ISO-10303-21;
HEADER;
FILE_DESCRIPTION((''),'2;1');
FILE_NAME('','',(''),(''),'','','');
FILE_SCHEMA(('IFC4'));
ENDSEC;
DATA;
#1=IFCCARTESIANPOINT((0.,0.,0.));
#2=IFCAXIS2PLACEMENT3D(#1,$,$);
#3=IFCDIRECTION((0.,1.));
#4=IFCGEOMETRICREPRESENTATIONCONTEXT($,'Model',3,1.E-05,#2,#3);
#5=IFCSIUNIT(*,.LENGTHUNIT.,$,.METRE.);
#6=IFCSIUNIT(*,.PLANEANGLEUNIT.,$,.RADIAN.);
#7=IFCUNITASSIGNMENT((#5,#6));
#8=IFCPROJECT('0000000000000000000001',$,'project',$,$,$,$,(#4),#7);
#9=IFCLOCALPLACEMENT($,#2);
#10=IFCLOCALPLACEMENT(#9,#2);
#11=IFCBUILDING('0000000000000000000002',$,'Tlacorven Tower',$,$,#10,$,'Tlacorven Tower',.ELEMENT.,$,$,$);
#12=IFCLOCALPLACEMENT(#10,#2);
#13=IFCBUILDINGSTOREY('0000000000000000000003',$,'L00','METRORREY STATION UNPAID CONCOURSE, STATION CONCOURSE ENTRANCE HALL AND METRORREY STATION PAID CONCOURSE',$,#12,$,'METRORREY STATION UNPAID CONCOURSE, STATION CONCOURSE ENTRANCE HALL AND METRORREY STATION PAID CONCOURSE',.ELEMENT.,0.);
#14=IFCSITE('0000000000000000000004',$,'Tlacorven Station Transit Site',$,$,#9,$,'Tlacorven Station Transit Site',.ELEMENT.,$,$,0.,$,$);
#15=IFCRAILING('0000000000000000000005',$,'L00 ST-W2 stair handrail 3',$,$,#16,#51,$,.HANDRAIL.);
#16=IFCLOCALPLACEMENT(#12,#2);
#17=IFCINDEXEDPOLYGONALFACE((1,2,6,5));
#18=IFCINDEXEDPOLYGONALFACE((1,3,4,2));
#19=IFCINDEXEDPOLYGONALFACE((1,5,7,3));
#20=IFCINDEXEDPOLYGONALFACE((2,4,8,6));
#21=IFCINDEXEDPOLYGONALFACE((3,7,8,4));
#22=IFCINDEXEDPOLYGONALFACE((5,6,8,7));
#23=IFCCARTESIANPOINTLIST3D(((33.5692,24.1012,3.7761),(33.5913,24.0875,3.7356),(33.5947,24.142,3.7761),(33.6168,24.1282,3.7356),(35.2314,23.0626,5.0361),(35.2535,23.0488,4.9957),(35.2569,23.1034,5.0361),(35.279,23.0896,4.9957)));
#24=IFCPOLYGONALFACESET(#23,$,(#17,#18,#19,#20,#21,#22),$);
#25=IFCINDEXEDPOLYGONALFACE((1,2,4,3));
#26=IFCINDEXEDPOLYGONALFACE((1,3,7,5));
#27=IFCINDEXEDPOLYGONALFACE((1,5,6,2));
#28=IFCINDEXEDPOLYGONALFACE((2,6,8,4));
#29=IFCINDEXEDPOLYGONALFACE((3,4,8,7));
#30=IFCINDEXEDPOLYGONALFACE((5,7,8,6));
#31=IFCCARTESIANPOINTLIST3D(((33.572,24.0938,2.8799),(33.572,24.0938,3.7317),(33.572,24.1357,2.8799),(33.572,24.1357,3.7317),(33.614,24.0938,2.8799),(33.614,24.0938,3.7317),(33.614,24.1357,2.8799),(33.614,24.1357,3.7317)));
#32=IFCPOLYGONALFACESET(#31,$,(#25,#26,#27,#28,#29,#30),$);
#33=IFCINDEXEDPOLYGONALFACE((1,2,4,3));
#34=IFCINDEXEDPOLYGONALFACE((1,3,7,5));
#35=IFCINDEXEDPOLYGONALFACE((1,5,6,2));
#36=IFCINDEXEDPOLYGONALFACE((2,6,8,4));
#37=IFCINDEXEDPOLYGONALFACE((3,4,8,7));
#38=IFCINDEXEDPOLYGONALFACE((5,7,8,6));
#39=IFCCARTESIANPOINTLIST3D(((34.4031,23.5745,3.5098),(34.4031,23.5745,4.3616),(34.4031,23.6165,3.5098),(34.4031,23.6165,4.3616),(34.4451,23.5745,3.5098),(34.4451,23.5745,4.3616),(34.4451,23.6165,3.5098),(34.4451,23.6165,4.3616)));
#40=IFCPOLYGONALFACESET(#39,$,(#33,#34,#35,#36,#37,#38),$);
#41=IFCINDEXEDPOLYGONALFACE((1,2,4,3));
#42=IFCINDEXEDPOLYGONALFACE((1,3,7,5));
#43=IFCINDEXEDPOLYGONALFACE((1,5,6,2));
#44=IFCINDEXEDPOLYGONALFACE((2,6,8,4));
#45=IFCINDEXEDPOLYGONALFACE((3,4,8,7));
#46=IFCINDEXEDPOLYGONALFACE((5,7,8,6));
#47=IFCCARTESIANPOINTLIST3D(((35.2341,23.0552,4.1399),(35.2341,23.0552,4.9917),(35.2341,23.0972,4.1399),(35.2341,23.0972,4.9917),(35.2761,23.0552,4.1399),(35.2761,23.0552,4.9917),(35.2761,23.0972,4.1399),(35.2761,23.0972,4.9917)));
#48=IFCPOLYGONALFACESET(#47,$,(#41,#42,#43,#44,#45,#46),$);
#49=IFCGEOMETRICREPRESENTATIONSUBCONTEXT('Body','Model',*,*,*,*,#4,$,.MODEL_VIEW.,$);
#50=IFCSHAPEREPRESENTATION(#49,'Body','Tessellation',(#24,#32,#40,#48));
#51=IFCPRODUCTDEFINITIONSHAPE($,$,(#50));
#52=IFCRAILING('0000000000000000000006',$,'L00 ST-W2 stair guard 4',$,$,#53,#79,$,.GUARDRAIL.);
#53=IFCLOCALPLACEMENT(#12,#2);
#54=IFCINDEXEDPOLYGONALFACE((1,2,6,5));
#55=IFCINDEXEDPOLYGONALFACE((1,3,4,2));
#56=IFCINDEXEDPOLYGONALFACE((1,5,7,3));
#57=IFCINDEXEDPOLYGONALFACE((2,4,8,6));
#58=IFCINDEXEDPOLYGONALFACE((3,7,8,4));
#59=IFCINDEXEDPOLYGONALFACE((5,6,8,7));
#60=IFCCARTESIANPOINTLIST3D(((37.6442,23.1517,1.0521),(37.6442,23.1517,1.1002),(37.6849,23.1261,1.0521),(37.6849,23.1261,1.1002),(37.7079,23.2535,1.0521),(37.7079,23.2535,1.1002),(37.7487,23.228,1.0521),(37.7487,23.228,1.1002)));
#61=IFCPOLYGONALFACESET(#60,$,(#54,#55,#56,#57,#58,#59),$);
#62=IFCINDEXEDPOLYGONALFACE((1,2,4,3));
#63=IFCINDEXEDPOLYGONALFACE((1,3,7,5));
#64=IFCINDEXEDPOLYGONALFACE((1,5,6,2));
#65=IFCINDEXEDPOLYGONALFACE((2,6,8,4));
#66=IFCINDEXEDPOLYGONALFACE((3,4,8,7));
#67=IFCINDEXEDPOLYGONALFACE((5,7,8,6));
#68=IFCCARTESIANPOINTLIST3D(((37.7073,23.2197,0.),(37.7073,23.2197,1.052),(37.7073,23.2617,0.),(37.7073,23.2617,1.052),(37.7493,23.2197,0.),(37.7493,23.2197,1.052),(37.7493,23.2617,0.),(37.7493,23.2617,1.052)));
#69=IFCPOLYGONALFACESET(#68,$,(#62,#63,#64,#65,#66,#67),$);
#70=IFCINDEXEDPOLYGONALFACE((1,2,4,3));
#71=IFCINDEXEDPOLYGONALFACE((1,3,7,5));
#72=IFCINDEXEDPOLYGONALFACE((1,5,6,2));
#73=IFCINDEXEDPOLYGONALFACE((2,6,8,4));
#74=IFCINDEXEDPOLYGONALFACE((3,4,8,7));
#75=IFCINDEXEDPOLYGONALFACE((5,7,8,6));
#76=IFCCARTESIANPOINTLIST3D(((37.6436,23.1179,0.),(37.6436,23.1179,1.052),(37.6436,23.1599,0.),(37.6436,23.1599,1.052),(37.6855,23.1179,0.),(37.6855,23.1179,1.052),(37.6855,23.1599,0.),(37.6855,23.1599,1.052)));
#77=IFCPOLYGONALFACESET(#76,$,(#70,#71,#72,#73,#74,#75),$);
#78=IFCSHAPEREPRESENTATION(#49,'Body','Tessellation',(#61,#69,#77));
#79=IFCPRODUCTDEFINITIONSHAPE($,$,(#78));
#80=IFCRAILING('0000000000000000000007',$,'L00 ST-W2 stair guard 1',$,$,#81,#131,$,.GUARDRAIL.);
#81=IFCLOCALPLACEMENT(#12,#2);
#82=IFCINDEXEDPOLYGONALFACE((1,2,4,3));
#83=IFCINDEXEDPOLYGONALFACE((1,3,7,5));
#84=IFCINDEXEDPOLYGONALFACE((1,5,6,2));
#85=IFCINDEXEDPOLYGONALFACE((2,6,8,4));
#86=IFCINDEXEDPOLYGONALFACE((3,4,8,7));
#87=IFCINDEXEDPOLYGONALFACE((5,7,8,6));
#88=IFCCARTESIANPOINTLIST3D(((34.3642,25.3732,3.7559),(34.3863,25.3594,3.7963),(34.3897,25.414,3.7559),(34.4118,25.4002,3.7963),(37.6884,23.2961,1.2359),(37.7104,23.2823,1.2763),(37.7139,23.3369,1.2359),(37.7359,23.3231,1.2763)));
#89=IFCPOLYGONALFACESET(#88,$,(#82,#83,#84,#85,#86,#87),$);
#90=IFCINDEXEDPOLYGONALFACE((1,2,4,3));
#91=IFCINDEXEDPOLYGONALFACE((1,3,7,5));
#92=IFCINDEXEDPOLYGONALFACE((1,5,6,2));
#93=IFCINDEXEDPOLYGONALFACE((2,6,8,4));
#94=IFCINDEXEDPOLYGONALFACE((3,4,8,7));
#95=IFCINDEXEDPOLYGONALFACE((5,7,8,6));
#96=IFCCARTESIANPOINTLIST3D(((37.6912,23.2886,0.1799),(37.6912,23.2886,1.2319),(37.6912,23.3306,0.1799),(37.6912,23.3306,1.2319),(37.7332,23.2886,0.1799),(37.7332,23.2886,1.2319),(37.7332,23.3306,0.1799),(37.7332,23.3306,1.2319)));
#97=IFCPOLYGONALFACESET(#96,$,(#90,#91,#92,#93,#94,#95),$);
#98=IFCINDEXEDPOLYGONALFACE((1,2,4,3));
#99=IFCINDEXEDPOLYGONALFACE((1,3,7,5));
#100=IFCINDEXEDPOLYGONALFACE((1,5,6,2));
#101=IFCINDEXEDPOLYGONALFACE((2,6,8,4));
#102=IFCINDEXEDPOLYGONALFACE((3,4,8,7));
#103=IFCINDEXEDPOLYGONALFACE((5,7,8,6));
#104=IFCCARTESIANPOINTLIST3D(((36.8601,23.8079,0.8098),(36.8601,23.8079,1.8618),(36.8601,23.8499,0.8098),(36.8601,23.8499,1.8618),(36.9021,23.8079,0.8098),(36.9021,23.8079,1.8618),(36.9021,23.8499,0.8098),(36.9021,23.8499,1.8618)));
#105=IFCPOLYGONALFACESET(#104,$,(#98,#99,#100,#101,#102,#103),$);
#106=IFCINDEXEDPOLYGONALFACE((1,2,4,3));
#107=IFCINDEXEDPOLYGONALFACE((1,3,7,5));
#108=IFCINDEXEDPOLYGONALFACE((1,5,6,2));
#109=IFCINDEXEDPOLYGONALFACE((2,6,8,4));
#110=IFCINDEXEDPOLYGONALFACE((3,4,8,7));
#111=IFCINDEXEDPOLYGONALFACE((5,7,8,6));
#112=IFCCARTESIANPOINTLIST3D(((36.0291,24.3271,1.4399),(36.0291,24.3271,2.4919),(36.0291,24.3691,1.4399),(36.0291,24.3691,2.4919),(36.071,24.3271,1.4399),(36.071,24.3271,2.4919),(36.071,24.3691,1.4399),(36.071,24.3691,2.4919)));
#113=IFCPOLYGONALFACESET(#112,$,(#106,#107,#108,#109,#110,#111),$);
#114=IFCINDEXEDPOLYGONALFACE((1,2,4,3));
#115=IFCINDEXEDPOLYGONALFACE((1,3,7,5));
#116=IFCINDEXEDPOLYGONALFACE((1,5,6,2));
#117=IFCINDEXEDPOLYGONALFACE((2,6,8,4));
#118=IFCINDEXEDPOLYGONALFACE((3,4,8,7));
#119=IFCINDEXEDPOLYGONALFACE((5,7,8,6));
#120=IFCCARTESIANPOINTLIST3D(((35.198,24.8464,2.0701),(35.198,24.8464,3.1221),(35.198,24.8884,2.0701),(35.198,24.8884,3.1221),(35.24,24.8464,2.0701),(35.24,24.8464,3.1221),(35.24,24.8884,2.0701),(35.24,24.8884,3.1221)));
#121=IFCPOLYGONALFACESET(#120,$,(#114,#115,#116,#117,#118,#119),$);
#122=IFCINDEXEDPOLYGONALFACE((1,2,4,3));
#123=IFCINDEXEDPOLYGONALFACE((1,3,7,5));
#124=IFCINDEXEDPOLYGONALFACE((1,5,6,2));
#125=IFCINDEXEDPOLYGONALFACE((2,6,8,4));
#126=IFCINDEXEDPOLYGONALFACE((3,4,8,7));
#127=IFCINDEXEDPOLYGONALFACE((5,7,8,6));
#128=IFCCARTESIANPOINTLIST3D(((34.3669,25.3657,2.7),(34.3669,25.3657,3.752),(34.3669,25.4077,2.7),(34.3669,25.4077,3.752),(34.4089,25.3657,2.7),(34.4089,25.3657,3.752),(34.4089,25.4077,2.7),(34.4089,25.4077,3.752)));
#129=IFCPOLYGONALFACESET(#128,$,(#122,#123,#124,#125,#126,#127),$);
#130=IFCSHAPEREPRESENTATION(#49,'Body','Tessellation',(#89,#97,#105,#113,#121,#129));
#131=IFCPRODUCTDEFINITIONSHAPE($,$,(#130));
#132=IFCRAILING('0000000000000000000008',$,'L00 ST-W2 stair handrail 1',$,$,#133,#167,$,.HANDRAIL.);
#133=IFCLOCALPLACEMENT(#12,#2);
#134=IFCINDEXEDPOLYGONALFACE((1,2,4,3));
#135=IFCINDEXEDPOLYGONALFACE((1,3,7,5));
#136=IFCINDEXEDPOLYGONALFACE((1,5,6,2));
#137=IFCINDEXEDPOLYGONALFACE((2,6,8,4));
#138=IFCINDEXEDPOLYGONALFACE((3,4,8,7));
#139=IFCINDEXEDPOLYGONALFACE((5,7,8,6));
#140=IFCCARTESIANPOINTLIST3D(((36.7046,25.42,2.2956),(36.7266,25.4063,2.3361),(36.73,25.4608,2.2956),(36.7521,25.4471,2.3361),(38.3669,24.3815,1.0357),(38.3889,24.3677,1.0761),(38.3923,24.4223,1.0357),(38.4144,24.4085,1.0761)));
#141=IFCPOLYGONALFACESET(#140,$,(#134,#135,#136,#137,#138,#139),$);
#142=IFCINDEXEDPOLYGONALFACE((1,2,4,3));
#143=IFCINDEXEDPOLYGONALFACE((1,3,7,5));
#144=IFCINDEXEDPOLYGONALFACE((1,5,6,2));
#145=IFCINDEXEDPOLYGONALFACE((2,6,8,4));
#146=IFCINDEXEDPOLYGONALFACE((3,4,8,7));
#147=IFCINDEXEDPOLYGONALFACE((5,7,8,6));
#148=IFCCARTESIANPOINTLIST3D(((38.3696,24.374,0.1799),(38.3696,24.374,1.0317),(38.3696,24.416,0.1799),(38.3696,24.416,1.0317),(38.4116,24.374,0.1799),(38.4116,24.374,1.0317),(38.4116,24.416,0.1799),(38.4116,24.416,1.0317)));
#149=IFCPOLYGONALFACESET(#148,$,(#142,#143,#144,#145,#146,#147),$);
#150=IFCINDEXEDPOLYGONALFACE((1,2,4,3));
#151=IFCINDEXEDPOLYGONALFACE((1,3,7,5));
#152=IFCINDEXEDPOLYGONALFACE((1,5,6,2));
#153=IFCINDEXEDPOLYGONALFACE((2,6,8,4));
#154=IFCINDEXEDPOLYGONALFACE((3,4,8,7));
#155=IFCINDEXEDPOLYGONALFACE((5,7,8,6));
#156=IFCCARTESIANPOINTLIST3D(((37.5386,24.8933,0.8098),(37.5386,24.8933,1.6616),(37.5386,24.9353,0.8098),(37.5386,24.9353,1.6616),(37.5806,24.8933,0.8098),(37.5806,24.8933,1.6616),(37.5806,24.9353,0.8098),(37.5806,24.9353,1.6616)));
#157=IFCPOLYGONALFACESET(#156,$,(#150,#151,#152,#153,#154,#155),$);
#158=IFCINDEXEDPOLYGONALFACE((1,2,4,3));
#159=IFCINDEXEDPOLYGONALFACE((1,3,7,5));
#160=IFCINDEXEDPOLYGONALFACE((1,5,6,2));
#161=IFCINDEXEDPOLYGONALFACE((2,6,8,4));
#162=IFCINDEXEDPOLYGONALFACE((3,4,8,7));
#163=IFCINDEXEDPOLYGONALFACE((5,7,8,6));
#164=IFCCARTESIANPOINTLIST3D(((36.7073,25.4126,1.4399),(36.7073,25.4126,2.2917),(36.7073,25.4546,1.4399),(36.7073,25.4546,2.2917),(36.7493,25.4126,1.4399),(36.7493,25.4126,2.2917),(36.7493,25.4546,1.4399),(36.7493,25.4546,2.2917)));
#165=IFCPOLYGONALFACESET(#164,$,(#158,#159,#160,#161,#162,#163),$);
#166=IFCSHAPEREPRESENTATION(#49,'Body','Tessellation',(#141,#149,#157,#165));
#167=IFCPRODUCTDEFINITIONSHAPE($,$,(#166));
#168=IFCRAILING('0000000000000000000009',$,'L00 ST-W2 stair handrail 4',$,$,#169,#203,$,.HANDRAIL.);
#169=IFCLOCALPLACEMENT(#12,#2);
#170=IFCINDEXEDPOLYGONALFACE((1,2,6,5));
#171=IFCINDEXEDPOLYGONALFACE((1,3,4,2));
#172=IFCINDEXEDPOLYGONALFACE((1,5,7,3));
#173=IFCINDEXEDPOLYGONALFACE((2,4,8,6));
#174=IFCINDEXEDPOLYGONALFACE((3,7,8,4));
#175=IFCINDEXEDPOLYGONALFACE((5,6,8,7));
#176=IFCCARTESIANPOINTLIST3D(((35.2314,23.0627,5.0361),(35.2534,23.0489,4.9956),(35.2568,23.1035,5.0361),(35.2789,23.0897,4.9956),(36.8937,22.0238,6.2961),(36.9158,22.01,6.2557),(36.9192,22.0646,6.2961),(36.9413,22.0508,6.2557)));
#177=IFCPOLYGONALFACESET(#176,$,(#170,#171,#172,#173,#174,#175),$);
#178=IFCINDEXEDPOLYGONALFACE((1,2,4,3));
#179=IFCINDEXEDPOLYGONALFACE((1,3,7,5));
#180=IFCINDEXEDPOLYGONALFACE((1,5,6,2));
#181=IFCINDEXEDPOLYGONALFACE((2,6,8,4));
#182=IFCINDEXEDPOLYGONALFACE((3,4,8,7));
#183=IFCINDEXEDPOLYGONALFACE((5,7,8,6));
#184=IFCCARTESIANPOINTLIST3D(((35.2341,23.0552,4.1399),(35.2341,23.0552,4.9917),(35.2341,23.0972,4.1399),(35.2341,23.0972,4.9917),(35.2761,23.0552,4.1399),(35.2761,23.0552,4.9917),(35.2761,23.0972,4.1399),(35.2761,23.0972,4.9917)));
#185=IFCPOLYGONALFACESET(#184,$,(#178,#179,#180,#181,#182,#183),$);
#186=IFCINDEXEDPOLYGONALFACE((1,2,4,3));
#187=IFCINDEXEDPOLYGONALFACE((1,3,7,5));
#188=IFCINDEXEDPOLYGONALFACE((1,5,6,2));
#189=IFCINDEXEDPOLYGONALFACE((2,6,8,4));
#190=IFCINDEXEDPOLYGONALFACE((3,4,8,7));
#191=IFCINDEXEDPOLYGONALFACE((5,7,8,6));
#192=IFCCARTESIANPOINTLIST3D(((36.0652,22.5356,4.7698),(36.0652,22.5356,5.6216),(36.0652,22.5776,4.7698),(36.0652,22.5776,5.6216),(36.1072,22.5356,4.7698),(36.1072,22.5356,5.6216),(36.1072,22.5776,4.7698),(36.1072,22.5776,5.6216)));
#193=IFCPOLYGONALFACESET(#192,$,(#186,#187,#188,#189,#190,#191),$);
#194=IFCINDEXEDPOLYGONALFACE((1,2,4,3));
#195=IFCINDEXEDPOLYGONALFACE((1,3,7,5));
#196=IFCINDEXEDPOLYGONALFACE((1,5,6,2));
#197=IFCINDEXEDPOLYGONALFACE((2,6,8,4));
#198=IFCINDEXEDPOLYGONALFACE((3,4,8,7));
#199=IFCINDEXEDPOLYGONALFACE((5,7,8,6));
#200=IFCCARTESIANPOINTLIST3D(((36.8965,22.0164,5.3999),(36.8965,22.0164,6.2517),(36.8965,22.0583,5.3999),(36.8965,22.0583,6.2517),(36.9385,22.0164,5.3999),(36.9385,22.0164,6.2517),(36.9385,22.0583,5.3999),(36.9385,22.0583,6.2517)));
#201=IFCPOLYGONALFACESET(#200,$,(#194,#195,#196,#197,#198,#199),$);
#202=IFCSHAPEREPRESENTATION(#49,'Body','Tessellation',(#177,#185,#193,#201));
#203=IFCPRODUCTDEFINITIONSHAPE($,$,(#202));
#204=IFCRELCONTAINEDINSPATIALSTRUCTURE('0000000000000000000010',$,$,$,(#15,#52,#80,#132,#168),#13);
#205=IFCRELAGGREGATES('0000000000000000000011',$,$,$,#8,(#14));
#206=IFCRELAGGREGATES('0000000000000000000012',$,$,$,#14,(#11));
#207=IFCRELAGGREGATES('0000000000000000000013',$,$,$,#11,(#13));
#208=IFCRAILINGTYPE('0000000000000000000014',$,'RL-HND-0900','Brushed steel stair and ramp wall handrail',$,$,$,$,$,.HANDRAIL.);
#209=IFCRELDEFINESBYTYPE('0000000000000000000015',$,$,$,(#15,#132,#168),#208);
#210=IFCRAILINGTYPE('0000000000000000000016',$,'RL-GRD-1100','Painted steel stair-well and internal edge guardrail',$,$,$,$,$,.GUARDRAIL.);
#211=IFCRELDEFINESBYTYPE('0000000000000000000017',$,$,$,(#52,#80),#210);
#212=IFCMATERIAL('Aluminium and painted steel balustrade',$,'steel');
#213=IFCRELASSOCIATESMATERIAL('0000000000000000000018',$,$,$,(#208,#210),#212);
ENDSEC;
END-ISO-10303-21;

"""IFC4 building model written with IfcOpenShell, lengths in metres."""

from ifc_helpers import new_model, si_unit, direction, frame, origin, origin_2d, place, context, subcontext, project, spatial, rectangle, extrude, source, transform, mapped, material, type_object, element, save


model = new_model("IFC4")

# Units and contexts
model_context = context("Model", 3, precision=1e-05, world=origin(), true_north=direction((0.0, 1.0)))
body_context = subcontext(model_context, "Body", "Model", "MODEL_VIEW")
ifc_project = project(units=[si_unit("LENGTHUNIT", "METRE"), si_unit("PLANEANGLEUNIT", "RADIAN")], contexts=[model_context])

# Site, building, storey
site_placement = place(None, origin())
site = spatial("IfcSite", under=ifc_project, at=site_placement, Name="Tlacorven Station Transit Site", LongName="Tlacorven Station Transit Site", CompositionType="ELEMENT", RefElevation=0.0)
building_placement = place(site_placement, origin())
building = spatial("IfcBuilding", under=site, at=building_placement, Name="Tlacorven Tower", LongName="Tlacorven Tower", CompositionType="ELEMENT")
storey_placement = place(building_placement, origin())
storey = spatial("IfcBuildingStorey", under=building, at=storey_placement, Name="L00", Description="METRORREY STATION UNPAID CONCOURSE, STATION CONCOURSE ENTRANCE HALL AND METRORREY STATION PAID CONCOURSE", LongName="METRORREY STATION UNPAID CONCOURSE, STATION CONCOURSE ENTRANCE HALL AND METRORREY STATION PAID CONCOURSE", CompositionType="ELEMENT", Elevation=0.0)

# Railings
ifc_material_1 = material(Name="Aluminium and painted steel balustrade", Category="steel")
railing_type_1 = type_object("IfcRailingType", Name="RL-HND-0900", Description="Brushed steel stair and ramp wall handrail", PredefinedType="HANDRAIL", material=ifc_material_1)
shared_shape_1 = source(origin(), body_context, "Body", "SweptSolid", [
    extrude(rectangle(XDim=0.0481, YDim=0.0481, at=origin_2d()), frame((0.0, 0.0, 0.876), z_axis=(0.713354, -0.445741, 0.540778), x_axis=(0.529909, 0.848054, 0.0)), (0.0, 0.0, 1.0), 2.3301),
    extrude(rectangle(XDim=0.042, YDim=0.042, at=origin_2d()), origin(), (0.0, 0.0, 1.0), 0.8518),
    extrude(rectangle(XDim=0.042, YDim=0.042, at=origin_2d()), frame((0.8311, -0.5193, 0.6299)), (0.0, 0.0, 1.0), 0.8518),
    extrude(rectangle(XDim=0.042, YDim=0.042, at=origin_2d()), frame((1.6621, -1.0386, 1.26)), (0.0, 0.0, 1.0), 0.8518),
])
railing_1_placement = place(storey_placement, frame((33.593, 24.1147, 2.8799)))
element("IfcRailing", 1, at=railing_1_placement, inside=storey, type_object=railing_type_1, Name="L00 ST-W2 stair handrail 3", PredefinedType="HANDRAIL", context=body_context, shape_type="MappedRepresentation", body=[
    mapped(shared_shape_1, transform((0.0, 0.0, 0.0), scale=1.0)),
])
railing_type_2 = type_object("IfcRailingType", Name="RL-GRD-1100", Description="Painted steel stair-well and internal edge guardrail", PredefinedType="GUARDRAIL", material=ifc_material_1)
shared_shape_2 = source(origin(), body_context, "Body", "SweptSolid", [
    extrude(rectangle(XDim=0.0481, YDim=0.0481, at=origin_2d()), frame((0.0, 0.0, 1.0762), z_axis=(-0.530547, -0.847656, 0.0), x_axis=(0.847656, -0.530547, 0.0)), (0.0, 0.0, 1.0), 0.1201),
    extrude(rectangle(XDim=0.042, YDim=0.042, at=origin_2d()), origin(), (0.0, 0.0, 1.0), 1.052),
    extrude(rectangle(XDim=0.042, YDim=0.042, at=origin_2d()), frame((-0.0637, -0.1018, 0.0)), (0.0, 0.0, 1.0), 1.052),
])
railing_2_placement = place(storey_placement, frame((37.7283, 23.2407, 0.0)))
element("IfcRailing", 2, at=railing_2_placement, inside=storey, type_object=railing_type_2, Name="L00 ST-W2 stair guard 4", PredefinedType="GUARDRAIL", context=body_context, shape_type="MappedRepresentation", body=[
    mapped(shared_shape_2, transform((0.0, 0.0, 0.0), scale=1.0)),
])
shared_shape_3 = source(origin(), body_context, "Body", "SweptSolid", [
    extrude(rectangle(XDim=0.0481, YDim=0.0481, at=origin_2d()), frame((0.0, 0.0, 1.0762), z_axis=(-0.713354, 0.445741, 0.540778), x_axis=(-0.529909, -0.848054, 0.0)), (0.0, 0.0, 1.0), 4.6599),
    extrude(rectangle(XDim=0.042, YDim=0.042, at=origin_2d()), origin(), (0.0, 0.0, 1.0), 1.052),
    extrude(rectangle(XDim=0.042, YDim=0.042, at=origin_2d()), frame((-0.8311, 0.5193, 0.6299)), (0.0, 0.0, 1.0), 1.052),
    extrude(rectangle(XDim=0.042, YDim=0.042, at=origin_2d()), frame((-1.6621, 1.0386, 1.26)), (0.0, 0.0, 1.0), 1.052),
    extrude(rectangle(XDim=0.042, YDim=0.042, at=origin_2d()), frame((-2.4932, 1.5579, 1.8901)), (0.0, 0.0, 1.0), 1.052),
    extrude(rectangle(XDim=0.042, YDim=0.042, at=origin_2d()), frame((-3.3242, 2.0771, 2.52)), (0.0, 0.0, 1.0), 1.052),
])
railing_3_placement = place(storey_placement, frame((37.7122, 23.3096, 0.1799)))
element("IfcRailing", 3, at=railing_3_placement, inside=storey, type_object=railing_type_2, Name="L00 ST-W2 stair guard 1", PredefinedType="GUARDRAIL", context=body_context, shape_type="MappedRepresentation", body=[
    mapped(shared_shape_3, transform((0.0, 0.0, 0.0), scale=1.0)),
])
shared_shape_4 = source(origin(), body_context, "Body", "SweptSolid", [
    extrude(rectangle(XDim=0.0481, YDim=0.0481, at=origin_2d()), frame((0.0, 0.0, 0.876), z_axis=(-0.713405, 0.445708, 0.540738), x_axis=(-0.529853, -0.848089, 0.0)), (0.0, 0.0, 1.0), 2.3301),
    extrude(rectangle(XDim=0.042, YDim=0.042, at=origin_2d()), origin(), (0.0, 0.0, 1.0), 0.8518),
    extrude(rectangle(XDim=0.042, YDim=0.042, at=origin_2d()), frame((-0.8311, 0.5193, 0.6299)), (0.0, 0.0, 1.0), 0.8518),
    extrude(rectangle(XDim=0.042, YDim=0.042, at=origin_2d()), frame((-1.6624, 1.0386, 1.26)), (0.0, 0.0, 1.0), 0.8518),
])
railing_4_placement = place(storey_placement, frame((38.3906, 24.395, 0.1799)))
element("IfcRailing", 4, at=railing_4_placement, inside=storey, type_object=railing_type_1, Name="L00 ST-W2 stair handrail 1", PredefinedType="HANDRAIL", context=body_context, shape_type="MappedRepresentation", body=[
    mapped(shared_shape_4, transform((0.0, 0.0, 0.0), scale=1.0)),
])
shared_shape_5 = source(origin(), body_context, "Body", "SweptSolid", [
    extrude(rectangle(XDim=0.0481, YDim=0.0481, at=origin_2d()), frame((0.0, 0.0, 0.876), z_axis=(0.713372, -0.445792, 0.540713), x_axis=(0.529943, 0.848033, 0.0)), (0.0, 0.0, 1.0), 2.3303),
    extrude(rectangle(XDim=0.042, YDim=0.042, at=origin_2d()), origin(), (0.0, 0.0, 1.0), 0.8518),
    extrude(rectangle(XDim=0.042, YDim=0.042, at=origin_2d()), frame((0.8311, -0.5195, 0.6299)), (0.0, 0.0, 1.0), 0.8518),
    extrude(rectangle(XDim=0.042, YDim=0.042, at=origin_2d()), frame((1.6624, -1.0388, 1.26)), (0.0, 0.0, 1.0), 0.8518),
])
railing_5_placement = place(storey_placement, frame((35.2551, 23.0762, 4.1399)))
element("IfcRailing", 5, at=railing_5_placement, inside=storey, type_object=railing_type_1, Name="L00 ST-W2 stair handrail 4", PredefinedType="HANDRAIL", context=body_context, shape_type="MappedRepresentation", body=[
    mapped(shared_shape_5, transform((0.0, 0.0, 0.0), scale=1.0)),
])

save(model, "model.ifc")
